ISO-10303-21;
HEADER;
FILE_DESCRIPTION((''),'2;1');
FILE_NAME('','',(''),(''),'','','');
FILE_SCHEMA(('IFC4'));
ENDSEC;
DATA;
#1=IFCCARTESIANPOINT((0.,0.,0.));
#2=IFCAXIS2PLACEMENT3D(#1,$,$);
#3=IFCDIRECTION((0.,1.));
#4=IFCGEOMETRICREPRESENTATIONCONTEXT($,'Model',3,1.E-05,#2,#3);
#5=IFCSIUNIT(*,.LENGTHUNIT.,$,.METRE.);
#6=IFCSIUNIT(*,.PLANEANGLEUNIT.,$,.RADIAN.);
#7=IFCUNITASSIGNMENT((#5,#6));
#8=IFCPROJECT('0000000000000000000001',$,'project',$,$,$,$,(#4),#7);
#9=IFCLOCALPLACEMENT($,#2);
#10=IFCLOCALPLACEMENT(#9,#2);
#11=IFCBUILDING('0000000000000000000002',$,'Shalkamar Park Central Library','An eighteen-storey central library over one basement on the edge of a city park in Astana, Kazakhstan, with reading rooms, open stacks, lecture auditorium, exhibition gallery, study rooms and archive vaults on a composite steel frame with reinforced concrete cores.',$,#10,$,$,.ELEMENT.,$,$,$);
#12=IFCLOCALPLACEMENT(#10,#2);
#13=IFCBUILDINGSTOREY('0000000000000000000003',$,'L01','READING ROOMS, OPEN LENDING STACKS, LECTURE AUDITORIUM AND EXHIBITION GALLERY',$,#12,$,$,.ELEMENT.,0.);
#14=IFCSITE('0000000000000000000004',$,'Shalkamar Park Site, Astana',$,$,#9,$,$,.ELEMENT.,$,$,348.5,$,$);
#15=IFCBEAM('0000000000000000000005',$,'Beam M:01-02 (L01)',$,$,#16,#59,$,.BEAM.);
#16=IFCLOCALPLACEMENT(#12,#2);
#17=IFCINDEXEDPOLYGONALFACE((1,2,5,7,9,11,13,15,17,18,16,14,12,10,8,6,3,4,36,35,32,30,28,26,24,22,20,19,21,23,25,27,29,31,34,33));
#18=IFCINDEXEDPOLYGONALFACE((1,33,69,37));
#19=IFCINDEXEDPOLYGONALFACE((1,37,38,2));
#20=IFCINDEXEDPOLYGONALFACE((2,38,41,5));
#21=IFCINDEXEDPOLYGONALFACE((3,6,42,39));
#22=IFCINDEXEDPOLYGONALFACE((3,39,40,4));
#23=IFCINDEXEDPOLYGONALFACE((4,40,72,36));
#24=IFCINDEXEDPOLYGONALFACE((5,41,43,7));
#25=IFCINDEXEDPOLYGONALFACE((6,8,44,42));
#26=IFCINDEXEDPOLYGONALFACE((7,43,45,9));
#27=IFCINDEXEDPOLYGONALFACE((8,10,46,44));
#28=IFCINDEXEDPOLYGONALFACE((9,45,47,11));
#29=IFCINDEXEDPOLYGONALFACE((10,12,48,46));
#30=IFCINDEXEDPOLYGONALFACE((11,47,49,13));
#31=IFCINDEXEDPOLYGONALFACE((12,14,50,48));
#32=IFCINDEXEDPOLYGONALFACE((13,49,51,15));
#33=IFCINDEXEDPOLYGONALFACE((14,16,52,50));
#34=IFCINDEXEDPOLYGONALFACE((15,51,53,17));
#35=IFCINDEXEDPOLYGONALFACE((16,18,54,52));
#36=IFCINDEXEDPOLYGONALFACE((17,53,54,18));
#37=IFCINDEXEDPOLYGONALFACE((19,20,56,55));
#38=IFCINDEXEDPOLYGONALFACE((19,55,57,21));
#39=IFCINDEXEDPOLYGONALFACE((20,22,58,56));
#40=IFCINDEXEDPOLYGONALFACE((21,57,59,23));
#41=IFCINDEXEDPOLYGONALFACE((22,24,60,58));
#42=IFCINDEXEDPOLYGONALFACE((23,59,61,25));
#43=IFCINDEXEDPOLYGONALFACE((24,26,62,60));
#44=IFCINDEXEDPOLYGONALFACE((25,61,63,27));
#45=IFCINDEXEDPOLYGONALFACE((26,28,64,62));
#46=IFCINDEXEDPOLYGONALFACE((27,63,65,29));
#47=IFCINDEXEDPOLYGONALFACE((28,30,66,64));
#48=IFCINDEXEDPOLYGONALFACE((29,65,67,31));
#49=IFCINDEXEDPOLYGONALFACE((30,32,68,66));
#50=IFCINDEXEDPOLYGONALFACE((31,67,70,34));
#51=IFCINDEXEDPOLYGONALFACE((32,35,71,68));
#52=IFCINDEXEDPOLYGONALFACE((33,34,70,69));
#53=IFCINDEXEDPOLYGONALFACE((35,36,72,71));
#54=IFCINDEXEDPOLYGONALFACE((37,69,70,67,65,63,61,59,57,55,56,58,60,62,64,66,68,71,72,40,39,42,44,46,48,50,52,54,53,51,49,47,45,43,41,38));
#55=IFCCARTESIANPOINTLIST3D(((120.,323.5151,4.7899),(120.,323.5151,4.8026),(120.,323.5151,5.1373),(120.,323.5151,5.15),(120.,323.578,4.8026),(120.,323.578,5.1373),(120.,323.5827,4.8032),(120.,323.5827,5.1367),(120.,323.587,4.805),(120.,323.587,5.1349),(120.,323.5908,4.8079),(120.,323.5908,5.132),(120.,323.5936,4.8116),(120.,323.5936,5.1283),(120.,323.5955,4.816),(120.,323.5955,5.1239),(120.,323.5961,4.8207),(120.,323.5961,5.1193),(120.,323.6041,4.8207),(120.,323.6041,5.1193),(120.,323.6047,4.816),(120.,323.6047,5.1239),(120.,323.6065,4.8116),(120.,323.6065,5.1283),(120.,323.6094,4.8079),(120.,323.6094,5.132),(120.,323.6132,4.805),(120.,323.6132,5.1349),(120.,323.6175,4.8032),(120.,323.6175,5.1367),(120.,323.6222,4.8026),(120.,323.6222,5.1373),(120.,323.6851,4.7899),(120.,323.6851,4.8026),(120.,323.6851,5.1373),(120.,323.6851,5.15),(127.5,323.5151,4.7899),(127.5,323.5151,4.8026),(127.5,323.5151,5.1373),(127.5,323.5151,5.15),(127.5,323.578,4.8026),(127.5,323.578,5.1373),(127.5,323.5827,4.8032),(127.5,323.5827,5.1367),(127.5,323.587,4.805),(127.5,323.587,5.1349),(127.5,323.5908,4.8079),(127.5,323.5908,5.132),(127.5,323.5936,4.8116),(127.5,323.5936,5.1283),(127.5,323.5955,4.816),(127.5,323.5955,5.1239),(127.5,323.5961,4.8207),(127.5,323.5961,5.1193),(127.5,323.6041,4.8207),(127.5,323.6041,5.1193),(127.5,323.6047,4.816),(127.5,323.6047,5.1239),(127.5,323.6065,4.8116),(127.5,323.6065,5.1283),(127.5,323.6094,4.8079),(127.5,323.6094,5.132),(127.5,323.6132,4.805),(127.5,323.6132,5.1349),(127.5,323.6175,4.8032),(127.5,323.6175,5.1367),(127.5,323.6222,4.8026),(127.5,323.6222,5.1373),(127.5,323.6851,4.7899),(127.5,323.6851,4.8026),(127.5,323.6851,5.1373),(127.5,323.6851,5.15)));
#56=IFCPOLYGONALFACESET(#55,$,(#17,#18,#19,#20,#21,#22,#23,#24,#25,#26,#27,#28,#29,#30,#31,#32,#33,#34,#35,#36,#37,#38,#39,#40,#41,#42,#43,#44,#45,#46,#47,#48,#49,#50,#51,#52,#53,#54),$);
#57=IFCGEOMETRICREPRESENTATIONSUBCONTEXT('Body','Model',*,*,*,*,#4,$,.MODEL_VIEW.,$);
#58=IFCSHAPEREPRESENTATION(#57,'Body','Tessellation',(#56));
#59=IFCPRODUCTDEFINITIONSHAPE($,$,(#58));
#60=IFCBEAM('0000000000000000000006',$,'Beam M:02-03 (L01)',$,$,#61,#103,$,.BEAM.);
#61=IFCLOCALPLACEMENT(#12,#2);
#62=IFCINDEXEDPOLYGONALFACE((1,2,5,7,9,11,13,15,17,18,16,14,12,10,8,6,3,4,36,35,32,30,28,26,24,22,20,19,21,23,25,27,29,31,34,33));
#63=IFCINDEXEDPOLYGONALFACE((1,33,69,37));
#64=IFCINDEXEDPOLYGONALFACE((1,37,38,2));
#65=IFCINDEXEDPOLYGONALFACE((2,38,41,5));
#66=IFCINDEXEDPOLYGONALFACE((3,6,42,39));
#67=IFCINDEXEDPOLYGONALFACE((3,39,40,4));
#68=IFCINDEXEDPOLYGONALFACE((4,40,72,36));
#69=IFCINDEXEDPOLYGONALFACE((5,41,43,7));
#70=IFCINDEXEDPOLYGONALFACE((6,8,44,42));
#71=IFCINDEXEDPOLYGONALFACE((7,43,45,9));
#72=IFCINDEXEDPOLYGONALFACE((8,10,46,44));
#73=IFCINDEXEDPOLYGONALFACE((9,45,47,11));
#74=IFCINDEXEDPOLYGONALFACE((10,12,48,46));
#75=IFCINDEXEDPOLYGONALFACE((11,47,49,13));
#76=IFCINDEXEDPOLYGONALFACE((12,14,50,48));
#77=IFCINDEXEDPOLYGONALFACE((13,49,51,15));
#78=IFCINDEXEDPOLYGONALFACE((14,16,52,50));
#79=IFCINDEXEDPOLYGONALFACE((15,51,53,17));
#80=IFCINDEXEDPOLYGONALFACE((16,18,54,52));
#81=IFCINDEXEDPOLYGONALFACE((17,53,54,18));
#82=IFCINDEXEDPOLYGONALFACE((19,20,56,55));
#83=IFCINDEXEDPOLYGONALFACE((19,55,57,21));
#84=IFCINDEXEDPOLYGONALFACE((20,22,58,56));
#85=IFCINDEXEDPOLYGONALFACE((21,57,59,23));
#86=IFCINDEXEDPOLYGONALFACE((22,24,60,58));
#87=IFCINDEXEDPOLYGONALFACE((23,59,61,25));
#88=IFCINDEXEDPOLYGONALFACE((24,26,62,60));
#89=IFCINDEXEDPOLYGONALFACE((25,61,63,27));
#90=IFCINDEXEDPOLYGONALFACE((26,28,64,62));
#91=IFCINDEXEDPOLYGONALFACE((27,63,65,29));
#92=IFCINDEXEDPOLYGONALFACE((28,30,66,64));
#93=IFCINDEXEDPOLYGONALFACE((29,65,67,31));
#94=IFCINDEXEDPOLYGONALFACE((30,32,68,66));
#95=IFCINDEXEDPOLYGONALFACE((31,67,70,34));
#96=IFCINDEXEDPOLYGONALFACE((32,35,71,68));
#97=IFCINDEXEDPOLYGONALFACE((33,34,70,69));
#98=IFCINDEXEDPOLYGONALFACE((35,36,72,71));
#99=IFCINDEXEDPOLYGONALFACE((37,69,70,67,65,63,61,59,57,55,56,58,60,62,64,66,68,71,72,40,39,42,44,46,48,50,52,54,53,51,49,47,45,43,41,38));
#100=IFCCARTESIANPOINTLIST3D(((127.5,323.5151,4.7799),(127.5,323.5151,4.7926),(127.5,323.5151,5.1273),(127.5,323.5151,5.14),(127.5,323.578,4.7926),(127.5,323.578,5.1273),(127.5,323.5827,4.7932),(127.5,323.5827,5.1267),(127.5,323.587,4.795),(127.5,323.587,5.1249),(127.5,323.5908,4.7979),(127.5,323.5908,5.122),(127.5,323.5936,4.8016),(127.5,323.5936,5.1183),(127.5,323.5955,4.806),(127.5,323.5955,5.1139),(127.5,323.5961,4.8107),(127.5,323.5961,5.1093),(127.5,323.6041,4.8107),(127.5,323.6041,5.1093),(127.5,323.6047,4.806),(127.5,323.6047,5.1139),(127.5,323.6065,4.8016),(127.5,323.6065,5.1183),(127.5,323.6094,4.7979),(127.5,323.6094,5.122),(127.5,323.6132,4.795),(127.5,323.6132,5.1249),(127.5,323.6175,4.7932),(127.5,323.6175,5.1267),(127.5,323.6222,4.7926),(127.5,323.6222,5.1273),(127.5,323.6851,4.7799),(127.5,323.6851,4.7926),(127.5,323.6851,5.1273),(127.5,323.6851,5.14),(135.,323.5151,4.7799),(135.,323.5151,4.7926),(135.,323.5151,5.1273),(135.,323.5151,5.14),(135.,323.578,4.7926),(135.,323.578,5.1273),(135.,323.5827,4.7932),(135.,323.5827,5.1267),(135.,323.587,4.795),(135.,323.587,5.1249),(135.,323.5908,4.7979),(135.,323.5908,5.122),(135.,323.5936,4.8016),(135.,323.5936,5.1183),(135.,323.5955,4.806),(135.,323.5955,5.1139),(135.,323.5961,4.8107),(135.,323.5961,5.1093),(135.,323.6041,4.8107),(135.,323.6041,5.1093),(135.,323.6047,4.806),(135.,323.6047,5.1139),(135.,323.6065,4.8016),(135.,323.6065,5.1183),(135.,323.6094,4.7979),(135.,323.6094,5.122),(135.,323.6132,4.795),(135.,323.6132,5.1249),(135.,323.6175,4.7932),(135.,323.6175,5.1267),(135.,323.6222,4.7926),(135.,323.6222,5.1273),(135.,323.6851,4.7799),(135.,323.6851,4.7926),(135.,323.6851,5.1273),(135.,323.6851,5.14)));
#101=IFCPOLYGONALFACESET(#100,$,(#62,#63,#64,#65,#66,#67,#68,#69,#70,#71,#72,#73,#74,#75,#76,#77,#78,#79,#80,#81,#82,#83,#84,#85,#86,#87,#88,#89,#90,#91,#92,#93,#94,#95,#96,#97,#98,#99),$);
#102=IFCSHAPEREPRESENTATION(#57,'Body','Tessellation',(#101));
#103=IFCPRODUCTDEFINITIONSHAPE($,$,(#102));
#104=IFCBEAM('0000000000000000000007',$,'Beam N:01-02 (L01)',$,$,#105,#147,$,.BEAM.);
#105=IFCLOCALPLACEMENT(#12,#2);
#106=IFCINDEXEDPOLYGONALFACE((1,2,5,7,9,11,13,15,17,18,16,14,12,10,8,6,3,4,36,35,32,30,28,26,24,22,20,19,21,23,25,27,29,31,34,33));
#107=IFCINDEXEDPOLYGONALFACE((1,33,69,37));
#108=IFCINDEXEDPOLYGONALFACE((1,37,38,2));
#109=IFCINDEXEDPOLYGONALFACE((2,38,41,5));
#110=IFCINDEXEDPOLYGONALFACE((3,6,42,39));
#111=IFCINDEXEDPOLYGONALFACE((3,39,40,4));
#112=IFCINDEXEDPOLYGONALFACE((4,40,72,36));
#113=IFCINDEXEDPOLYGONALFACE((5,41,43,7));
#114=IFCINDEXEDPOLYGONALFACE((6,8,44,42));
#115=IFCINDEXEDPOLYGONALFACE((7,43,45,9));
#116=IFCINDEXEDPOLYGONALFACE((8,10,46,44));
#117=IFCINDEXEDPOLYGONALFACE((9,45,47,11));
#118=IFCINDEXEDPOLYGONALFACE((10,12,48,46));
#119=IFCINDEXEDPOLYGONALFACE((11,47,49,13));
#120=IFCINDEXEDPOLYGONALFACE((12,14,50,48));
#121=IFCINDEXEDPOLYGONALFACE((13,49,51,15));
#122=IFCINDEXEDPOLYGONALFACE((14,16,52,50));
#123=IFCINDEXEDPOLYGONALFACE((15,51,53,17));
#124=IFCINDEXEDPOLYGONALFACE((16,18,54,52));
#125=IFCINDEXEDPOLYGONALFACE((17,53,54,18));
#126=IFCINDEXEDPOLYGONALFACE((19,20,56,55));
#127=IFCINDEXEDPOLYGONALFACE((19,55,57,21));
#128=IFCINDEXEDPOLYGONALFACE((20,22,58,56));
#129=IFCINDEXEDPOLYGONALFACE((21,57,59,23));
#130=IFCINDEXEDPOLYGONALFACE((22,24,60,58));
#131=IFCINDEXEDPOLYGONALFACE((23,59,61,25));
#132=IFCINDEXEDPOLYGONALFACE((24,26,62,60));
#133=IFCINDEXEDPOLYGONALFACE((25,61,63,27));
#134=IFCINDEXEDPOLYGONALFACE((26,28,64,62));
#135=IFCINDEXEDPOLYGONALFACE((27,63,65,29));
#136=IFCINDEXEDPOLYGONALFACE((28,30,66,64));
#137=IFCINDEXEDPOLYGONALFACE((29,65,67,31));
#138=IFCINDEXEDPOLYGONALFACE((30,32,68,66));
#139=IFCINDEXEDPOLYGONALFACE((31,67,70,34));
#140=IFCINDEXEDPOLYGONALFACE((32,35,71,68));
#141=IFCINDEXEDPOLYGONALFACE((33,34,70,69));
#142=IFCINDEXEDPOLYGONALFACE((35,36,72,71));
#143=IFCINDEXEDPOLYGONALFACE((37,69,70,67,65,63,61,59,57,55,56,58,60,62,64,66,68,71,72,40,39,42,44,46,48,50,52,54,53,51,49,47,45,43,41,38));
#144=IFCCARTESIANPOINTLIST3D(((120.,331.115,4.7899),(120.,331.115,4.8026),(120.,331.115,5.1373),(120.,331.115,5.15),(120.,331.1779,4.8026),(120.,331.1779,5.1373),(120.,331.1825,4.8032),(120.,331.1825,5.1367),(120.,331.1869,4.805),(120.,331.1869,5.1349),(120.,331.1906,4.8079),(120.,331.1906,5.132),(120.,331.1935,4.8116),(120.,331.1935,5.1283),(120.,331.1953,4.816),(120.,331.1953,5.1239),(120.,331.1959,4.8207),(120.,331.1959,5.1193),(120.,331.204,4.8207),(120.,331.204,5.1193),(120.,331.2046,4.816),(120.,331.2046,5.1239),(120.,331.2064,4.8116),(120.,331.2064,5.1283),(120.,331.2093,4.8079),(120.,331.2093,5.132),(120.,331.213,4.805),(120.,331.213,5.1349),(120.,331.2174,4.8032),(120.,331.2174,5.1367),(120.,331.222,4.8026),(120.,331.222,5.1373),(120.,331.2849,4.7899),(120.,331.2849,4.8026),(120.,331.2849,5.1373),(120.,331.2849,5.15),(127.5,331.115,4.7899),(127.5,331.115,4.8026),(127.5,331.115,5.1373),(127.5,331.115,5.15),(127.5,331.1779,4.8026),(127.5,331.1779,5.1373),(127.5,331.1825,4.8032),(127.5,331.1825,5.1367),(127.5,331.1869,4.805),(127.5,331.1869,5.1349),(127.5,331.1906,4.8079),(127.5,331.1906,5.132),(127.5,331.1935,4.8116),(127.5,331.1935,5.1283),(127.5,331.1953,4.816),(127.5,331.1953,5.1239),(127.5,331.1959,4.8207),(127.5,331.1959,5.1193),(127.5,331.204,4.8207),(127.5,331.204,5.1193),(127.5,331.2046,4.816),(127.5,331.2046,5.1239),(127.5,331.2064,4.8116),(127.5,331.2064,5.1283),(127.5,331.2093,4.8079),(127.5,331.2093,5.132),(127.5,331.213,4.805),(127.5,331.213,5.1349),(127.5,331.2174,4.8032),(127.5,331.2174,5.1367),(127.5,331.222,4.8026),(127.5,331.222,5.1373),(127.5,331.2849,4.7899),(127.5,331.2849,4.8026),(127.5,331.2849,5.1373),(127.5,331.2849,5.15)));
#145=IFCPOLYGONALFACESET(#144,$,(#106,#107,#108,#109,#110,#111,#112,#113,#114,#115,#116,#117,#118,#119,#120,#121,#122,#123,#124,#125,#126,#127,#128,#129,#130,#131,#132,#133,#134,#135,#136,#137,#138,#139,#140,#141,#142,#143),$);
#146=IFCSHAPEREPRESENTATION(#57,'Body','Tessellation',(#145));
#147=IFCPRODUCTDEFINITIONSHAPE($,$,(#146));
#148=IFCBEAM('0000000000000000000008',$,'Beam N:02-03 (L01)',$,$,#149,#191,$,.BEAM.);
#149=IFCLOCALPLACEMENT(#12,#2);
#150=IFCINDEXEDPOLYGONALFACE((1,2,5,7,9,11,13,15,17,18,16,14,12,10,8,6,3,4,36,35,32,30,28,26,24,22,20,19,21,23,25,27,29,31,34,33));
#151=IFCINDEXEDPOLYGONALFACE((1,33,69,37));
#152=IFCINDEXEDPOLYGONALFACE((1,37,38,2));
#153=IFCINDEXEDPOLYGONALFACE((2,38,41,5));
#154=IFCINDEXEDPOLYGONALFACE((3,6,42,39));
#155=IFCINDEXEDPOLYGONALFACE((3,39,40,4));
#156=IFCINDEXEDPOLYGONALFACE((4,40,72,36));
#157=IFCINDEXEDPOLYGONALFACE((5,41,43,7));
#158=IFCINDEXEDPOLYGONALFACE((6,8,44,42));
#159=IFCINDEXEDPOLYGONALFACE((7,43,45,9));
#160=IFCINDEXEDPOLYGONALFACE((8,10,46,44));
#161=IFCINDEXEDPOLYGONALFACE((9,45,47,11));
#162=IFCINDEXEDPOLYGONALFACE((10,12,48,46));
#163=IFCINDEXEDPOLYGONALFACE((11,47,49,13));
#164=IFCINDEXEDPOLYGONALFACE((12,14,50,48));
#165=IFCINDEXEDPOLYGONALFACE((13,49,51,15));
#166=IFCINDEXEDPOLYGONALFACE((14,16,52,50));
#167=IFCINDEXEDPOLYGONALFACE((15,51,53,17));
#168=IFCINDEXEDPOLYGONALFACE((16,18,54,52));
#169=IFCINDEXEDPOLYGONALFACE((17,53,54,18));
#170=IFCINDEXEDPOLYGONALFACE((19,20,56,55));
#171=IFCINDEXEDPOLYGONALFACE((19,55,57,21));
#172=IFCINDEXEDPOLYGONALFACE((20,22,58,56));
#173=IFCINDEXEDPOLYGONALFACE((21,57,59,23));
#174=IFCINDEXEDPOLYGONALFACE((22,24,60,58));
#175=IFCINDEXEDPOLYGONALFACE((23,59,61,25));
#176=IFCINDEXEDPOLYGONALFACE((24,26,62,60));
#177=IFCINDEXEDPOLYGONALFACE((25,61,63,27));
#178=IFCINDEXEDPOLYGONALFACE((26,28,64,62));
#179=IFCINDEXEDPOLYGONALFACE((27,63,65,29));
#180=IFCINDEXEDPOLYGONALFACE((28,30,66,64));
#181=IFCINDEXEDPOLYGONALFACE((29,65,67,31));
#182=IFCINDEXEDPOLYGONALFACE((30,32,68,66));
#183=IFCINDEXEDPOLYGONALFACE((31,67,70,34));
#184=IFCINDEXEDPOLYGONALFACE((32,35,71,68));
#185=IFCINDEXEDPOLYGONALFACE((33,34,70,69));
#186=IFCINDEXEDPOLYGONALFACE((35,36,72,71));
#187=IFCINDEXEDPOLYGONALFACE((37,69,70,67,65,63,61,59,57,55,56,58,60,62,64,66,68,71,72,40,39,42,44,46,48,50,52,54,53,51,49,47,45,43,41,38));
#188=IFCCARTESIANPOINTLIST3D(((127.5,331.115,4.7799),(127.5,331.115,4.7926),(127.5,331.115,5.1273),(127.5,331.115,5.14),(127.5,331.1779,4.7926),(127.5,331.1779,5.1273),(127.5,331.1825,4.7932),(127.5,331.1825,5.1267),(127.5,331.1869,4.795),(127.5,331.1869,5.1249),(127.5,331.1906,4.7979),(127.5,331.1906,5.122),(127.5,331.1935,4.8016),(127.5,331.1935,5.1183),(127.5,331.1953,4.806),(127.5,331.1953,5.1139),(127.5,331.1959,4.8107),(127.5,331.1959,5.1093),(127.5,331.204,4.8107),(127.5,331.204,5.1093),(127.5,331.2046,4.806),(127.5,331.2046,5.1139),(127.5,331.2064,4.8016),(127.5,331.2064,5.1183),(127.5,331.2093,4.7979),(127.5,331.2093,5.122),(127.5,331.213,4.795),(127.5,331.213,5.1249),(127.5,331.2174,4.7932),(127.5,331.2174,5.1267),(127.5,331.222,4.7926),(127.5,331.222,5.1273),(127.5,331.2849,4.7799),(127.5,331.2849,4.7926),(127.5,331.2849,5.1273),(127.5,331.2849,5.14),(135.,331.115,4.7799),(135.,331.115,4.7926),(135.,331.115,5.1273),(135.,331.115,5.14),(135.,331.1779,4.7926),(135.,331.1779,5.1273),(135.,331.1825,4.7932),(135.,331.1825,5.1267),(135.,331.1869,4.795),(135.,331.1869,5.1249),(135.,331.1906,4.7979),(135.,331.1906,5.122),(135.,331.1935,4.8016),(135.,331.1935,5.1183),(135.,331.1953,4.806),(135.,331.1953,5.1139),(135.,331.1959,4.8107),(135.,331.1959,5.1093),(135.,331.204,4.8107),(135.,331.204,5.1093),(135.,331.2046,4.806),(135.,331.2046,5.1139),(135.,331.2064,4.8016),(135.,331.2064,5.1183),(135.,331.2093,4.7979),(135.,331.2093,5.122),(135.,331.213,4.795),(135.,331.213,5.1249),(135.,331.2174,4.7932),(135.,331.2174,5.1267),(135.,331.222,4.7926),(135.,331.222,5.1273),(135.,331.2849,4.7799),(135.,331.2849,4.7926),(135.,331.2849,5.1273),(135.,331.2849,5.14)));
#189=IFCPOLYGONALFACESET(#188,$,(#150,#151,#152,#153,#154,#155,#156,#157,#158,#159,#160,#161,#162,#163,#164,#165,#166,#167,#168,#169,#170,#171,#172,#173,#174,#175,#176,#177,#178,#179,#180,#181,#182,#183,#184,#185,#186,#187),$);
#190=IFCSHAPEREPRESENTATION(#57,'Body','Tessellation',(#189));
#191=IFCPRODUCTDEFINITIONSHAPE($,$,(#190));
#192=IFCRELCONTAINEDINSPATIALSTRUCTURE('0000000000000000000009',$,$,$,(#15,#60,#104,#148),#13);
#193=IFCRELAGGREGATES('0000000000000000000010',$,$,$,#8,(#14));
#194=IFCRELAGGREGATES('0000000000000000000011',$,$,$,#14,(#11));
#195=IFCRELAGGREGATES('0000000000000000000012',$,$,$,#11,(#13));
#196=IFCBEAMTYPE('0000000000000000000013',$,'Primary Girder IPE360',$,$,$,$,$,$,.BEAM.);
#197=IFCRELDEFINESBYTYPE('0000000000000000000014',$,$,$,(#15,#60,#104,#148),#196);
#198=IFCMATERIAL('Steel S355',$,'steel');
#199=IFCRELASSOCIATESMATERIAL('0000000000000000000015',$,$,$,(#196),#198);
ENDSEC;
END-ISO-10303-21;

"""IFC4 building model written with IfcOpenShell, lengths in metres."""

from ifc_helpers import new_model, si_unit, direction, frame, origin, origin_2d, place, context, subcontext, project, spatial, i_section, extrude, material, material_profile, profile_set, type_object, element, save


model = new_model("IFC4")

# Units and contexts
model_context = context("Model", 3, precision=1e-05, world=origin(), true_north=direction((0.0, 1.0)))
body_context = subcontext(model_context, "Body", "Model", "MODEL_VIEW")
ifc_project = project(units=[si_unit("LENGTHUNIT", "METRE"), si_unit("PLANEANGLEUNIT", "RADIAN")], contexts=[model_context])

# Site, building, storey
site_placement = place(None, origin())
site = spatial("IfcSite", under=ifc_project, at=site_placement, Name="Shalkamar Park Site, Astana", CompositionType="ELEMENT", RefElevation=348.5)
building_placement = place(site_placement, origin())
building = spatial("IfcBuilding", under=site, at=building_placement, Name="Shalkamar Park Central Library", Description="An eighteen-storey central library over one basement on the edge of a city park in Astana, Kazakhstan, with reading rooms, open stacks, lecture auditorium, exhibition gallery, study rooms and archive vaults on a composite steel frame with reinforced concrete cores.", CompositionType="ELEMENT")
storey_placement = place(building_placement, origin())
storey = spatial("IfcBuildingStorey", under=building, at=storey_placement, Name="L01", Description="READING ROOMS, OPEN LENDING STACKS, LECTURE AUDITORIUM AND EXHIBITION GALLERY", CompositionType="ELEMENT", Elevation=0.0)

# Shared definitions
ifc_material_1 = material(Name="Steel S355", Category="steel")

# Beams
ifc_material_profile_1 = material_profile(ifc_material_1, i_section(OverallWidth=0.1699, OverallDepth=0.3601, WebThickness=0.0081, FlangeThickness=0.0127, FilletRadius=0.0181, at=origin_2d()), Name="IPE 360")
ifc_profile_set_1 = profile_set([ifc_material_profile_1], Name="Steel S355")
beam_type_1 = type_object("IfcBeamType", Name="Primary Girder IPE360", PredefinedType="BEAM", material=ifc_profile_set_1)
for number, where, z_axis, x_axis, name in (
    (1, (120.0, 323.6001, 4.97), (1.0, 0.0, 0.0), (0.0, 1.0, 0.0), "Beam M:01-02 (L01)"),
    (2, (127.5, 323.6001, 4.96), (1.0, 0.0, 0.0), (0.0, 1.0, 0.0), "Beam M:02-03 (L01)"),
    (3, (120.0, 331.2, 4.97), (1.0, 0.0, 0.0), (0.0, 1.0, 0.0), "Beam N:01-02 (L01)"),
    (4, (127.5, 331.2, 4.96), (1.0, 0.0, 0.0), (0.0, 1.0, 0.0), "Beam N:02-03 (L01)"),
):
    element("IfcBeam", number, at=place(storey_placement, frame(where, z_axis=z_axis, x_axis=x_axis)), inside=storey, type_object=beam_type_1, Name=name, PredefinedType="BEAM", context=body_context, shape_type="SweptSolid", body=[
        extrude(i_section(OverallWidth=0.1699, OverallDepth=0.3601, WebThickness=0.0081, FlangeThickness=0.0127, FilletRadius=0.0181, at=origin_2d()), origin(), (0.0, 0.0, 1.0), 7.5),
    ])

save(model, "model.ifc")
